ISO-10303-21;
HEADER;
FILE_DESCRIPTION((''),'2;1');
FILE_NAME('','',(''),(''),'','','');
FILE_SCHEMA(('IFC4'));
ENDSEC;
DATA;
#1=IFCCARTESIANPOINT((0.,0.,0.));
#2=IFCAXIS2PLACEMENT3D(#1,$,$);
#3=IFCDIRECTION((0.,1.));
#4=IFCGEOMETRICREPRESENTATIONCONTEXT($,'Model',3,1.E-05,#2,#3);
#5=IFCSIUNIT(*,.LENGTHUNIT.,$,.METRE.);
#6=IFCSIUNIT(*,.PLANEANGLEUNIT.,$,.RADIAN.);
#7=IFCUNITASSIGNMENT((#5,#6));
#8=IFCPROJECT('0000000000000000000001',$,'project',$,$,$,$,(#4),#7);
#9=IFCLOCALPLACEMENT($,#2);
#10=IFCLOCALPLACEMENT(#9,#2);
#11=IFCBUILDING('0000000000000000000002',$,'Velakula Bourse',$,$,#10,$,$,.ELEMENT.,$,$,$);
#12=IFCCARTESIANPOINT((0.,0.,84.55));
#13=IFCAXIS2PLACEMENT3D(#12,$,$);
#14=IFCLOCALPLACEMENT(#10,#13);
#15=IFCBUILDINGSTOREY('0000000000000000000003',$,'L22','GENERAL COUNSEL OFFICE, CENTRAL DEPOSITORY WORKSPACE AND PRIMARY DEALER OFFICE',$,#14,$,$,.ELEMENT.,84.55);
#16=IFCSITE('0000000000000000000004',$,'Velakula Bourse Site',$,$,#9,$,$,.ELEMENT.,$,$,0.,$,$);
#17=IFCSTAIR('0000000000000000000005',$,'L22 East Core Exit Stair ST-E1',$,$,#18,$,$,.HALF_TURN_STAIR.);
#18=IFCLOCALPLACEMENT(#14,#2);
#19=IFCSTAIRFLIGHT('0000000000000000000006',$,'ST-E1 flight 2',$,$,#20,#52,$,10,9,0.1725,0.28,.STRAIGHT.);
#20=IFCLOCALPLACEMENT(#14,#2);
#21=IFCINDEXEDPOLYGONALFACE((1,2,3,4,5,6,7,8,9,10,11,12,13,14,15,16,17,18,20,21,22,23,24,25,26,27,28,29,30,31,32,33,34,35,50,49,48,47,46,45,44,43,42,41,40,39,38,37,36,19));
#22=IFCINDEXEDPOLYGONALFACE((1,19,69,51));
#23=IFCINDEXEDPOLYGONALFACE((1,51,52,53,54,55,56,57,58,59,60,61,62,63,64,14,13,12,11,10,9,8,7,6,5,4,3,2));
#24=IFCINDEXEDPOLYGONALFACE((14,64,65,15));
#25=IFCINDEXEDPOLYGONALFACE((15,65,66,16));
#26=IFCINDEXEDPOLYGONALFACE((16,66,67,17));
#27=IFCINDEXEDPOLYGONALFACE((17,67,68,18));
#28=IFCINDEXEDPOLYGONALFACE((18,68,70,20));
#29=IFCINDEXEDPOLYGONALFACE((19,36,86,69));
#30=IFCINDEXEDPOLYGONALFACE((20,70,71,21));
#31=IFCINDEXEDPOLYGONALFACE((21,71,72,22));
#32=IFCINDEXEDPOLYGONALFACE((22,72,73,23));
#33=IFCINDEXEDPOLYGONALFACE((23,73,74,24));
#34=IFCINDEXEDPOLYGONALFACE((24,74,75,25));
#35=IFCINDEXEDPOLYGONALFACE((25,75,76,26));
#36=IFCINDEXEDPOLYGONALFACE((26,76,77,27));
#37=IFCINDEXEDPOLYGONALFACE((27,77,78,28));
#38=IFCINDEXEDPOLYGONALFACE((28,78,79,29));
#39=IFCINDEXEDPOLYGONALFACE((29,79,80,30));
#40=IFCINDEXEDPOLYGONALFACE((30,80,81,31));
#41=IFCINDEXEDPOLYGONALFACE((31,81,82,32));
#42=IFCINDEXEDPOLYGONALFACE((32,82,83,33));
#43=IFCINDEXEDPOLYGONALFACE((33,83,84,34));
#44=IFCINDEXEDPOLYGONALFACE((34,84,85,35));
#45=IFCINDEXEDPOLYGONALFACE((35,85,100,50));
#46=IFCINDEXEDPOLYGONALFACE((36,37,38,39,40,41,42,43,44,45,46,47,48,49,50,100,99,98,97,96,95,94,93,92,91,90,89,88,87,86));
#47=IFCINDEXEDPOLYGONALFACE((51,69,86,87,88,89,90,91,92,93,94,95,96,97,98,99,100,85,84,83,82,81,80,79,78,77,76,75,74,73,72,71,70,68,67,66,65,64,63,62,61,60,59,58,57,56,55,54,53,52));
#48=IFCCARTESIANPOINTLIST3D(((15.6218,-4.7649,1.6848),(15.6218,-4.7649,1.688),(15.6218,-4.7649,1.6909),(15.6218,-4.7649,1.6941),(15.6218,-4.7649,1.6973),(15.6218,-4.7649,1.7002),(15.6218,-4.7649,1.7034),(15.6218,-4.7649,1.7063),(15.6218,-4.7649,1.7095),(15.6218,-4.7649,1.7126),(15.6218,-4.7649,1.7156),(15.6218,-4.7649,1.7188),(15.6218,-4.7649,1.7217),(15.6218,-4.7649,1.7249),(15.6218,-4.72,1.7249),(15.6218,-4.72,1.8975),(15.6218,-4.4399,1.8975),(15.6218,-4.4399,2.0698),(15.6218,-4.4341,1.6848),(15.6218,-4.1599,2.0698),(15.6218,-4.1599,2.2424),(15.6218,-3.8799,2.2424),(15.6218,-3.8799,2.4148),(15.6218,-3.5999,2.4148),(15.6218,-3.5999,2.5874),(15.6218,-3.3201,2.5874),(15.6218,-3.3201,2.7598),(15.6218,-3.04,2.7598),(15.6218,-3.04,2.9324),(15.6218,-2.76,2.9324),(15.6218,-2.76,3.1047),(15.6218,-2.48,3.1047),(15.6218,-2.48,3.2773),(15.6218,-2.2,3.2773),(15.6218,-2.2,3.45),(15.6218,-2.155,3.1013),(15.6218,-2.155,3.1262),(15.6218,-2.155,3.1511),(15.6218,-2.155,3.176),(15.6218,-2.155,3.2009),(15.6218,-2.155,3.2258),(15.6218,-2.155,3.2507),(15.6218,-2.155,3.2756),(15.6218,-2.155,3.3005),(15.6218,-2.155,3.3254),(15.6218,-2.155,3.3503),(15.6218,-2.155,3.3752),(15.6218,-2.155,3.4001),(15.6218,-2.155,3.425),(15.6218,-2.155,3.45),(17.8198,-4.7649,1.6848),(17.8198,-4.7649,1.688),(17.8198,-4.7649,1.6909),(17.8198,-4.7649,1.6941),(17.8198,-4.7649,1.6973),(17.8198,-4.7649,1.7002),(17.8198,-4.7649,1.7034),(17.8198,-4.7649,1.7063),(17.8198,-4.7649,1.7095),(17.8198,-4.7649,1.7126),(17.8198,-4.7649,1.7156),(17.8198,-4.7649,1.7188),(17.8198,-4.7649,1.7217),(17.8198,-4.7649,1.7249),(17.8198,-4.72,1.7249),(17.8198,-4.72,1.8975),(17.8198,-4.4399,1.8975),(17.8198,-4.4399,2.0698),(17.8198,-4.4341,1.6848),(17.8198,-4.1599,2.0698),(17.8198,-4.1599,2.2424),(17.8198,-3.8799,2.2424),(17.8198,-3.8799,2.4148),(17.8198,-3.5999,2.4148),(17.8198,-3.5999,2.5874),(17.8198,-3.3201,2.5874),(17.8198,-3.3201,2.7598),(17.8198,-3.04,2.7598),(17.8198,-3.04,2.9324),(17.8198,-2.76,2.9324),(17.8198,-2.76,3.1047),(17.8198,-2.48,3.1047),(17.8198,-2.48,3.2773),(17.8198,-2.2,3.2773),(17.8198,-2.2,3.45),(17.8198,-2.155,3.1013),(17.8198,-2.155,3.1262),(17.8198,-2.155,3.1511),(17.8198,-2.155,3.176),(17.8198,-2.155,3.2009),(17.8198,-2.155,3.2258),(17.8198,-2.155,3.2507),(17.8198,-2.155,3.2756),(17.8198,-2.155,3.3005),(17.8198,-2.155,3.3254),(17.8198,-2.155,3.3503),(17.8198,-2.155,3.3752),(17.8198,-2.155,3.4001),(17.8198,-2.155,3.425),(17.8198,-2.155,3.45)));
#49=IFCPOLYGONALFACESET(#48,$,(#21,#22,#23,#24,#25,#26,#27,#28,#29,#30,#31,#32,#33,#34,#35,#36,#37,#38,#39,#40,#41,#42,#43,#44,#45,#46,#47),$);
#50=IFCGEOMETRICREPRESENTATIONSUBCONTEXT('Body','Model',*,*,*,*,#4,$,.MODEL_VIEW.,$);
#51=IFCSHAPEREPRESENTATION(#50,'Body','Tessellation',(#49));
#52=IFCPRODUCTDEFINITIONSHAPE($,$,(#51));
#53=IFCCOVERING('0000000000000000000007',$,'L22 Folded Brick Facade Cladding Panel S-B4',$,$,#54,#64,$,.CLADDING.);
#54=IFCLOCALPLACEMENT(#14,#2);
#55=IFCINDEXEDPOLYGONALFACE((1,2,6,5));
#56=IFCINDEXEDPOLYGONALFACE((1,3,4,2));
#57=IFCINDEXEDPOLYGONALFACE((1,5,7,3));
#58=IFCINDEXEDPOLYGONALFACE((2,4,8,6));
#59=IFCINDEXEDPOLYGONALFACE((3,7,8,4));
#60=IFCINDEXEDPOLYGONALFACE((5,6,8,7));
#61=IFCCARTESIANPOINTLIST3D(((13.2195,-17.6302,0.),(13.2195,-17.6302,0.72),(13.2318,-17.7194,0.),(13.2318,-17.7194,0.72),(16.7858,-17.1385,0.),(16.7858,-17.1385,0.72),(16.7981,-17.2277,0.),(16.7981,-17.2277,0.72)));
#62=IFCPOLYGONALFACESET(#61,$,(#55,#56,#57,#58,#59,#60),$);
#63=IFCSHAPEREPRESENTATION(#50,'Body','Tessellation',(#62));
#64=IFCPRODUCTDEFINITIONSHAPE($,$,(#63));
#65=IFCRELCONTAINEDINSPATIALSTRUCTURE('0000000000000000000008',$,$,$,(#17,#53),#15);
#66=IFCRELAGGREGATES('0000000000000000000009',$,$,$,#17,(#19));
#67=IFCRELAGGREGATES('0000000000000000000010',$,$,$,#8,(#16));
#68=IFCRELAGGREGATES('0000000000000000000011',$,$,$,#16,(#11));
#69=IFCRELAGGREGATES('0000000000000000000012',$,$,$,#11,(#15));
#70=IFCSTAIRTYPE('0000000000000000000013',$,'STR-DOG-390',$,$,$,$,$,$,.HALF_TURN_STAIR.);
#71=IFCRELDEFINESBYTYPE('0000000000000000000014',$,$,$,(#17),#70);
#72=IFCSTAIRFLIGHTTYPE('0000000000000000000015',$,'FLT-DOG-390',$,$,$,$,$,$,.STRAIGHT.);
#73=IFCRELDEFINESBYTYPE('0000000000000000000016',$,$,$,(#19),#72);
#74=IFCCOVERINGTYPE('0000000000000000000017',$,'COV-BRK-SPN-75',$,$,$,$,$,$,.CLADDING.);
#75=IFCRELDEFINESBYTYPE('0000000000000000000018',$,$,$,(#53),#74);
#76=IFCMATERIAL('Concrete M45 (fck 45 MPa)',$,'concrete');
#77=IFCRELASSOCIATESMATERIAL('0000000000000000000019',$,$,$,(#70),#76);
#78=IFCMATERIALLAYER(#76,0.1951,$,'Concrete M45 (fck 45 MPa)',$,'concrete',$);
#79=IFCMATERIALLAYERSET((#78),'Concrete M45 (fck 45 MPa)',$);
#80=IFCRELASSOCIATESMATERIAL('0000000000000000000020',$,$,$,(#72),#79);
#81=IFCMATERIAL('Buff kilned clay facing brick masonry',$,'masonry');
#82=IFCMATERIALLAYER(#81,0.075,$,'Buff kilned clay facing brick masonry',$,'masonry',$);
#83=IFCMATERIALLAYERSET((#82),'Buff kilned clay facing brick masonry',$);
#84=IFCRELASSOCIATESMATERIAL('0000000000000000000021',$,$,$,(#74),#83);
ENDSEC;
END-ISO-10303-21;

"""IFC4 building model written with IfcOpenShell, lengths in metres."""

from ifc_helpers import new_model, si_unit, direction, frame, origin, origin_2d, place, context, subcontext, project, spatial, polyline, rectangle, outline, extrude, material, layer, layer_set, type_object, element, aggregate, save


model = new_model("IFC4")

# Units and contexts
model_context = context("Model", 3, precision=1e-05, world=origin(), true_north=direction((0.0, 1.0)))
body_context = subcontext(model_context, "Body", "Model", "MODEL_VIEW")
ifc_project = project(units=[si_unit("LENGTHUNIT", "METRE"), si_unit("PLANEANGLEUNIT", "RADIAN")], contexts=[model_context])

# Site, building, storey
site_placement = place(None, origin())
site = spatial("IfcSite", under=ifc_project, at=site_placement, Name="Velakula Bourse Site", CompositionType="ELEMENT", RefElevation=0.0)
building_placement = place(site_placement, origin())
building = spatial("IfcBuilding", under=site, at=building_placement, Name="Velakula Bourse", CompositionType="ELEMENT")
storey_placement = place(building_placement, frame((0.0, 0.0, 84.55)))
storey = spatial("IfcBuildingStorey", under=building, at=storey_placement, Name="L22", Description="GENERAL COUNSEL OFFICE, CENTRAL DEPOSITORY WORKSPACE AND PRIMARY DEALER OFFICE", CompositionType="ELEMENT", Elevation=84.55)

# Stair, stair flight
ifc_material_1 = material(Name="Concrete M45 (fck 45 MPa)", Category="concrete")
stair_type = type_object("IfcStairType", Name="STR-DOG-390", PredefinedType="HALF_TURN_STAIR", material=ifc_material_1)
stair_placement = place(storey_placement, origin())
stair = element("IfcStair", 1, at=stair_placement, inside=storey, type_object=stair_type, Name="L22 East Core Exit Stair ST-E1", PredefinedType="HALF_TURN_STAIR")
ifc_layer_1 = layer(ifc_material_1, 0.1951, Name="Concrete M45 (fck 45 MPa)", Category="concrete")
ifc_layer_set_1 = layer_set([ifc_layer_1], Name="Concrete M45 (fck 45 MPa)")
stair_flight_type = type_object("IfcStairFlightType", Name="FLT-DOG-390", PredefinedType="STRAIGHT", material=ifc_layer_set_1)
stair_flight_1_placement = place(storey_placement, frame((16.7209, -4.72, 1.7249), z_axis=(0.0, 0.0, 1.0), x_axis=(0.0, 1.0, 0.0)))
stair_flight_1 = element("IfcStairFlight", 2, at=stair_flight_1_placement, type_object=stair_flight_type, Name="ST-E1 flight 2", NumberOfRisers=10, NumberOfTreads=9, PredefinedType="STRAIGHT", RiserHeight=0.1725, TreadLength=0.28, context=body_context, shape_type="SweptSolid", body=[
    extrude(outline(polyline([(-0.0449, -0.04), (-0.0449, -0.0369), (-0.0449, -0.0339), (-0.0449, -0.0308), (-0.0449, -0.0276), (-0.0449, -0.0247), (-0.0449, -0.0215), (-0.0449, -0.0186), (-0.0449, -0.0154), (-0.0449, -0.0122), (-0.0449, -0.0093), (-0.0449, -0.0061), (-0.0449, -0.0032), (-0.0449, 0.0), (0.0, 0.0), (0.0, 0.1726), (0.28, 0.1726), (0.28, 0.345), (0.5601, 0.345), (0.5601, 0.5176), (0.8401, 0.5176), (0.8401, 0.6899), (1.1201, 0.6899), (1.1201, 0.8625), (1.3999, 0.8625), (1.3999, 1.0349), (1.6799, 1.0349), (1.6799, 1.2075), (1.96, 1.2075), (1.96, 1.3799), (2.24, 1.3799), (2.24, 1.5525), (2.52, 1.5525), (2.52, 1.7251), (2.5649, 1.7251), (2.5649, 1.7002), (2.5649, 1.6753), (2.5649, 1.6504), (2.5649, 1.6255), (2.5649, 1.6006), (2.5649, 1.5757), (2.5649, 1.5508), (2.5649, 1.5259), (2.5649, 1.501), (2.5649, 1.4761), (2.5649, 1.4512), (2.5649, 1.4263), (2.5649, 1.4014), (2.5649, 1.3765), (0.2859, -0.04), (-0.0449, -0.04)])), frame((0.0, 1.0991, 0.0), z_axis=(0.0, -1.0, 0.0), x_axis=(1.0, 0.0, 0.0)), (0.0, 0.0, 1.0), 2.198),
])
aggregate(stair, [stair_flight_1])

# Covering
ifc_material_2 = material(Name="Buff kilned clay facing brick masonry", Category="masonry")
ifc_layer_2 = layer(ifc_material_2, 0.075, Name="Buff kilned clay facing brick masonry", Category="masonry")
ifc_layer_set_2 = layer_set([ifc_layer_2], Name="Buff kilned clay facing brick masonry")
covering_type = type_object("IfcCoveringType", Name="COV-BRK-SPN-75", PredefinedType="CLADDING", material=ifc_layer_set_2)
covering_placement = place(storey_placement, frame((15.0088, -17.429, 0.0), z_axis=(0.0, 0.0, 1.0), x_axis=(0.990629, 0.13658, 0.0)))
element("IfcCovering", 3, at=covering_placement, inside=storey, type_object=covering_type, Name="L22 Folded Brick Facade Cladding Panel S-B4", PredefinedType="CLADDING", context=body_context, shape_type="SweptSolid", body=[
    extrude(rectangle(XDim=3.6001, YDim=0.0901, at=origin_2d()), origin(), (0.0, 0.0, 1.0), 0.72),
])

save(model, "model.ifc")
